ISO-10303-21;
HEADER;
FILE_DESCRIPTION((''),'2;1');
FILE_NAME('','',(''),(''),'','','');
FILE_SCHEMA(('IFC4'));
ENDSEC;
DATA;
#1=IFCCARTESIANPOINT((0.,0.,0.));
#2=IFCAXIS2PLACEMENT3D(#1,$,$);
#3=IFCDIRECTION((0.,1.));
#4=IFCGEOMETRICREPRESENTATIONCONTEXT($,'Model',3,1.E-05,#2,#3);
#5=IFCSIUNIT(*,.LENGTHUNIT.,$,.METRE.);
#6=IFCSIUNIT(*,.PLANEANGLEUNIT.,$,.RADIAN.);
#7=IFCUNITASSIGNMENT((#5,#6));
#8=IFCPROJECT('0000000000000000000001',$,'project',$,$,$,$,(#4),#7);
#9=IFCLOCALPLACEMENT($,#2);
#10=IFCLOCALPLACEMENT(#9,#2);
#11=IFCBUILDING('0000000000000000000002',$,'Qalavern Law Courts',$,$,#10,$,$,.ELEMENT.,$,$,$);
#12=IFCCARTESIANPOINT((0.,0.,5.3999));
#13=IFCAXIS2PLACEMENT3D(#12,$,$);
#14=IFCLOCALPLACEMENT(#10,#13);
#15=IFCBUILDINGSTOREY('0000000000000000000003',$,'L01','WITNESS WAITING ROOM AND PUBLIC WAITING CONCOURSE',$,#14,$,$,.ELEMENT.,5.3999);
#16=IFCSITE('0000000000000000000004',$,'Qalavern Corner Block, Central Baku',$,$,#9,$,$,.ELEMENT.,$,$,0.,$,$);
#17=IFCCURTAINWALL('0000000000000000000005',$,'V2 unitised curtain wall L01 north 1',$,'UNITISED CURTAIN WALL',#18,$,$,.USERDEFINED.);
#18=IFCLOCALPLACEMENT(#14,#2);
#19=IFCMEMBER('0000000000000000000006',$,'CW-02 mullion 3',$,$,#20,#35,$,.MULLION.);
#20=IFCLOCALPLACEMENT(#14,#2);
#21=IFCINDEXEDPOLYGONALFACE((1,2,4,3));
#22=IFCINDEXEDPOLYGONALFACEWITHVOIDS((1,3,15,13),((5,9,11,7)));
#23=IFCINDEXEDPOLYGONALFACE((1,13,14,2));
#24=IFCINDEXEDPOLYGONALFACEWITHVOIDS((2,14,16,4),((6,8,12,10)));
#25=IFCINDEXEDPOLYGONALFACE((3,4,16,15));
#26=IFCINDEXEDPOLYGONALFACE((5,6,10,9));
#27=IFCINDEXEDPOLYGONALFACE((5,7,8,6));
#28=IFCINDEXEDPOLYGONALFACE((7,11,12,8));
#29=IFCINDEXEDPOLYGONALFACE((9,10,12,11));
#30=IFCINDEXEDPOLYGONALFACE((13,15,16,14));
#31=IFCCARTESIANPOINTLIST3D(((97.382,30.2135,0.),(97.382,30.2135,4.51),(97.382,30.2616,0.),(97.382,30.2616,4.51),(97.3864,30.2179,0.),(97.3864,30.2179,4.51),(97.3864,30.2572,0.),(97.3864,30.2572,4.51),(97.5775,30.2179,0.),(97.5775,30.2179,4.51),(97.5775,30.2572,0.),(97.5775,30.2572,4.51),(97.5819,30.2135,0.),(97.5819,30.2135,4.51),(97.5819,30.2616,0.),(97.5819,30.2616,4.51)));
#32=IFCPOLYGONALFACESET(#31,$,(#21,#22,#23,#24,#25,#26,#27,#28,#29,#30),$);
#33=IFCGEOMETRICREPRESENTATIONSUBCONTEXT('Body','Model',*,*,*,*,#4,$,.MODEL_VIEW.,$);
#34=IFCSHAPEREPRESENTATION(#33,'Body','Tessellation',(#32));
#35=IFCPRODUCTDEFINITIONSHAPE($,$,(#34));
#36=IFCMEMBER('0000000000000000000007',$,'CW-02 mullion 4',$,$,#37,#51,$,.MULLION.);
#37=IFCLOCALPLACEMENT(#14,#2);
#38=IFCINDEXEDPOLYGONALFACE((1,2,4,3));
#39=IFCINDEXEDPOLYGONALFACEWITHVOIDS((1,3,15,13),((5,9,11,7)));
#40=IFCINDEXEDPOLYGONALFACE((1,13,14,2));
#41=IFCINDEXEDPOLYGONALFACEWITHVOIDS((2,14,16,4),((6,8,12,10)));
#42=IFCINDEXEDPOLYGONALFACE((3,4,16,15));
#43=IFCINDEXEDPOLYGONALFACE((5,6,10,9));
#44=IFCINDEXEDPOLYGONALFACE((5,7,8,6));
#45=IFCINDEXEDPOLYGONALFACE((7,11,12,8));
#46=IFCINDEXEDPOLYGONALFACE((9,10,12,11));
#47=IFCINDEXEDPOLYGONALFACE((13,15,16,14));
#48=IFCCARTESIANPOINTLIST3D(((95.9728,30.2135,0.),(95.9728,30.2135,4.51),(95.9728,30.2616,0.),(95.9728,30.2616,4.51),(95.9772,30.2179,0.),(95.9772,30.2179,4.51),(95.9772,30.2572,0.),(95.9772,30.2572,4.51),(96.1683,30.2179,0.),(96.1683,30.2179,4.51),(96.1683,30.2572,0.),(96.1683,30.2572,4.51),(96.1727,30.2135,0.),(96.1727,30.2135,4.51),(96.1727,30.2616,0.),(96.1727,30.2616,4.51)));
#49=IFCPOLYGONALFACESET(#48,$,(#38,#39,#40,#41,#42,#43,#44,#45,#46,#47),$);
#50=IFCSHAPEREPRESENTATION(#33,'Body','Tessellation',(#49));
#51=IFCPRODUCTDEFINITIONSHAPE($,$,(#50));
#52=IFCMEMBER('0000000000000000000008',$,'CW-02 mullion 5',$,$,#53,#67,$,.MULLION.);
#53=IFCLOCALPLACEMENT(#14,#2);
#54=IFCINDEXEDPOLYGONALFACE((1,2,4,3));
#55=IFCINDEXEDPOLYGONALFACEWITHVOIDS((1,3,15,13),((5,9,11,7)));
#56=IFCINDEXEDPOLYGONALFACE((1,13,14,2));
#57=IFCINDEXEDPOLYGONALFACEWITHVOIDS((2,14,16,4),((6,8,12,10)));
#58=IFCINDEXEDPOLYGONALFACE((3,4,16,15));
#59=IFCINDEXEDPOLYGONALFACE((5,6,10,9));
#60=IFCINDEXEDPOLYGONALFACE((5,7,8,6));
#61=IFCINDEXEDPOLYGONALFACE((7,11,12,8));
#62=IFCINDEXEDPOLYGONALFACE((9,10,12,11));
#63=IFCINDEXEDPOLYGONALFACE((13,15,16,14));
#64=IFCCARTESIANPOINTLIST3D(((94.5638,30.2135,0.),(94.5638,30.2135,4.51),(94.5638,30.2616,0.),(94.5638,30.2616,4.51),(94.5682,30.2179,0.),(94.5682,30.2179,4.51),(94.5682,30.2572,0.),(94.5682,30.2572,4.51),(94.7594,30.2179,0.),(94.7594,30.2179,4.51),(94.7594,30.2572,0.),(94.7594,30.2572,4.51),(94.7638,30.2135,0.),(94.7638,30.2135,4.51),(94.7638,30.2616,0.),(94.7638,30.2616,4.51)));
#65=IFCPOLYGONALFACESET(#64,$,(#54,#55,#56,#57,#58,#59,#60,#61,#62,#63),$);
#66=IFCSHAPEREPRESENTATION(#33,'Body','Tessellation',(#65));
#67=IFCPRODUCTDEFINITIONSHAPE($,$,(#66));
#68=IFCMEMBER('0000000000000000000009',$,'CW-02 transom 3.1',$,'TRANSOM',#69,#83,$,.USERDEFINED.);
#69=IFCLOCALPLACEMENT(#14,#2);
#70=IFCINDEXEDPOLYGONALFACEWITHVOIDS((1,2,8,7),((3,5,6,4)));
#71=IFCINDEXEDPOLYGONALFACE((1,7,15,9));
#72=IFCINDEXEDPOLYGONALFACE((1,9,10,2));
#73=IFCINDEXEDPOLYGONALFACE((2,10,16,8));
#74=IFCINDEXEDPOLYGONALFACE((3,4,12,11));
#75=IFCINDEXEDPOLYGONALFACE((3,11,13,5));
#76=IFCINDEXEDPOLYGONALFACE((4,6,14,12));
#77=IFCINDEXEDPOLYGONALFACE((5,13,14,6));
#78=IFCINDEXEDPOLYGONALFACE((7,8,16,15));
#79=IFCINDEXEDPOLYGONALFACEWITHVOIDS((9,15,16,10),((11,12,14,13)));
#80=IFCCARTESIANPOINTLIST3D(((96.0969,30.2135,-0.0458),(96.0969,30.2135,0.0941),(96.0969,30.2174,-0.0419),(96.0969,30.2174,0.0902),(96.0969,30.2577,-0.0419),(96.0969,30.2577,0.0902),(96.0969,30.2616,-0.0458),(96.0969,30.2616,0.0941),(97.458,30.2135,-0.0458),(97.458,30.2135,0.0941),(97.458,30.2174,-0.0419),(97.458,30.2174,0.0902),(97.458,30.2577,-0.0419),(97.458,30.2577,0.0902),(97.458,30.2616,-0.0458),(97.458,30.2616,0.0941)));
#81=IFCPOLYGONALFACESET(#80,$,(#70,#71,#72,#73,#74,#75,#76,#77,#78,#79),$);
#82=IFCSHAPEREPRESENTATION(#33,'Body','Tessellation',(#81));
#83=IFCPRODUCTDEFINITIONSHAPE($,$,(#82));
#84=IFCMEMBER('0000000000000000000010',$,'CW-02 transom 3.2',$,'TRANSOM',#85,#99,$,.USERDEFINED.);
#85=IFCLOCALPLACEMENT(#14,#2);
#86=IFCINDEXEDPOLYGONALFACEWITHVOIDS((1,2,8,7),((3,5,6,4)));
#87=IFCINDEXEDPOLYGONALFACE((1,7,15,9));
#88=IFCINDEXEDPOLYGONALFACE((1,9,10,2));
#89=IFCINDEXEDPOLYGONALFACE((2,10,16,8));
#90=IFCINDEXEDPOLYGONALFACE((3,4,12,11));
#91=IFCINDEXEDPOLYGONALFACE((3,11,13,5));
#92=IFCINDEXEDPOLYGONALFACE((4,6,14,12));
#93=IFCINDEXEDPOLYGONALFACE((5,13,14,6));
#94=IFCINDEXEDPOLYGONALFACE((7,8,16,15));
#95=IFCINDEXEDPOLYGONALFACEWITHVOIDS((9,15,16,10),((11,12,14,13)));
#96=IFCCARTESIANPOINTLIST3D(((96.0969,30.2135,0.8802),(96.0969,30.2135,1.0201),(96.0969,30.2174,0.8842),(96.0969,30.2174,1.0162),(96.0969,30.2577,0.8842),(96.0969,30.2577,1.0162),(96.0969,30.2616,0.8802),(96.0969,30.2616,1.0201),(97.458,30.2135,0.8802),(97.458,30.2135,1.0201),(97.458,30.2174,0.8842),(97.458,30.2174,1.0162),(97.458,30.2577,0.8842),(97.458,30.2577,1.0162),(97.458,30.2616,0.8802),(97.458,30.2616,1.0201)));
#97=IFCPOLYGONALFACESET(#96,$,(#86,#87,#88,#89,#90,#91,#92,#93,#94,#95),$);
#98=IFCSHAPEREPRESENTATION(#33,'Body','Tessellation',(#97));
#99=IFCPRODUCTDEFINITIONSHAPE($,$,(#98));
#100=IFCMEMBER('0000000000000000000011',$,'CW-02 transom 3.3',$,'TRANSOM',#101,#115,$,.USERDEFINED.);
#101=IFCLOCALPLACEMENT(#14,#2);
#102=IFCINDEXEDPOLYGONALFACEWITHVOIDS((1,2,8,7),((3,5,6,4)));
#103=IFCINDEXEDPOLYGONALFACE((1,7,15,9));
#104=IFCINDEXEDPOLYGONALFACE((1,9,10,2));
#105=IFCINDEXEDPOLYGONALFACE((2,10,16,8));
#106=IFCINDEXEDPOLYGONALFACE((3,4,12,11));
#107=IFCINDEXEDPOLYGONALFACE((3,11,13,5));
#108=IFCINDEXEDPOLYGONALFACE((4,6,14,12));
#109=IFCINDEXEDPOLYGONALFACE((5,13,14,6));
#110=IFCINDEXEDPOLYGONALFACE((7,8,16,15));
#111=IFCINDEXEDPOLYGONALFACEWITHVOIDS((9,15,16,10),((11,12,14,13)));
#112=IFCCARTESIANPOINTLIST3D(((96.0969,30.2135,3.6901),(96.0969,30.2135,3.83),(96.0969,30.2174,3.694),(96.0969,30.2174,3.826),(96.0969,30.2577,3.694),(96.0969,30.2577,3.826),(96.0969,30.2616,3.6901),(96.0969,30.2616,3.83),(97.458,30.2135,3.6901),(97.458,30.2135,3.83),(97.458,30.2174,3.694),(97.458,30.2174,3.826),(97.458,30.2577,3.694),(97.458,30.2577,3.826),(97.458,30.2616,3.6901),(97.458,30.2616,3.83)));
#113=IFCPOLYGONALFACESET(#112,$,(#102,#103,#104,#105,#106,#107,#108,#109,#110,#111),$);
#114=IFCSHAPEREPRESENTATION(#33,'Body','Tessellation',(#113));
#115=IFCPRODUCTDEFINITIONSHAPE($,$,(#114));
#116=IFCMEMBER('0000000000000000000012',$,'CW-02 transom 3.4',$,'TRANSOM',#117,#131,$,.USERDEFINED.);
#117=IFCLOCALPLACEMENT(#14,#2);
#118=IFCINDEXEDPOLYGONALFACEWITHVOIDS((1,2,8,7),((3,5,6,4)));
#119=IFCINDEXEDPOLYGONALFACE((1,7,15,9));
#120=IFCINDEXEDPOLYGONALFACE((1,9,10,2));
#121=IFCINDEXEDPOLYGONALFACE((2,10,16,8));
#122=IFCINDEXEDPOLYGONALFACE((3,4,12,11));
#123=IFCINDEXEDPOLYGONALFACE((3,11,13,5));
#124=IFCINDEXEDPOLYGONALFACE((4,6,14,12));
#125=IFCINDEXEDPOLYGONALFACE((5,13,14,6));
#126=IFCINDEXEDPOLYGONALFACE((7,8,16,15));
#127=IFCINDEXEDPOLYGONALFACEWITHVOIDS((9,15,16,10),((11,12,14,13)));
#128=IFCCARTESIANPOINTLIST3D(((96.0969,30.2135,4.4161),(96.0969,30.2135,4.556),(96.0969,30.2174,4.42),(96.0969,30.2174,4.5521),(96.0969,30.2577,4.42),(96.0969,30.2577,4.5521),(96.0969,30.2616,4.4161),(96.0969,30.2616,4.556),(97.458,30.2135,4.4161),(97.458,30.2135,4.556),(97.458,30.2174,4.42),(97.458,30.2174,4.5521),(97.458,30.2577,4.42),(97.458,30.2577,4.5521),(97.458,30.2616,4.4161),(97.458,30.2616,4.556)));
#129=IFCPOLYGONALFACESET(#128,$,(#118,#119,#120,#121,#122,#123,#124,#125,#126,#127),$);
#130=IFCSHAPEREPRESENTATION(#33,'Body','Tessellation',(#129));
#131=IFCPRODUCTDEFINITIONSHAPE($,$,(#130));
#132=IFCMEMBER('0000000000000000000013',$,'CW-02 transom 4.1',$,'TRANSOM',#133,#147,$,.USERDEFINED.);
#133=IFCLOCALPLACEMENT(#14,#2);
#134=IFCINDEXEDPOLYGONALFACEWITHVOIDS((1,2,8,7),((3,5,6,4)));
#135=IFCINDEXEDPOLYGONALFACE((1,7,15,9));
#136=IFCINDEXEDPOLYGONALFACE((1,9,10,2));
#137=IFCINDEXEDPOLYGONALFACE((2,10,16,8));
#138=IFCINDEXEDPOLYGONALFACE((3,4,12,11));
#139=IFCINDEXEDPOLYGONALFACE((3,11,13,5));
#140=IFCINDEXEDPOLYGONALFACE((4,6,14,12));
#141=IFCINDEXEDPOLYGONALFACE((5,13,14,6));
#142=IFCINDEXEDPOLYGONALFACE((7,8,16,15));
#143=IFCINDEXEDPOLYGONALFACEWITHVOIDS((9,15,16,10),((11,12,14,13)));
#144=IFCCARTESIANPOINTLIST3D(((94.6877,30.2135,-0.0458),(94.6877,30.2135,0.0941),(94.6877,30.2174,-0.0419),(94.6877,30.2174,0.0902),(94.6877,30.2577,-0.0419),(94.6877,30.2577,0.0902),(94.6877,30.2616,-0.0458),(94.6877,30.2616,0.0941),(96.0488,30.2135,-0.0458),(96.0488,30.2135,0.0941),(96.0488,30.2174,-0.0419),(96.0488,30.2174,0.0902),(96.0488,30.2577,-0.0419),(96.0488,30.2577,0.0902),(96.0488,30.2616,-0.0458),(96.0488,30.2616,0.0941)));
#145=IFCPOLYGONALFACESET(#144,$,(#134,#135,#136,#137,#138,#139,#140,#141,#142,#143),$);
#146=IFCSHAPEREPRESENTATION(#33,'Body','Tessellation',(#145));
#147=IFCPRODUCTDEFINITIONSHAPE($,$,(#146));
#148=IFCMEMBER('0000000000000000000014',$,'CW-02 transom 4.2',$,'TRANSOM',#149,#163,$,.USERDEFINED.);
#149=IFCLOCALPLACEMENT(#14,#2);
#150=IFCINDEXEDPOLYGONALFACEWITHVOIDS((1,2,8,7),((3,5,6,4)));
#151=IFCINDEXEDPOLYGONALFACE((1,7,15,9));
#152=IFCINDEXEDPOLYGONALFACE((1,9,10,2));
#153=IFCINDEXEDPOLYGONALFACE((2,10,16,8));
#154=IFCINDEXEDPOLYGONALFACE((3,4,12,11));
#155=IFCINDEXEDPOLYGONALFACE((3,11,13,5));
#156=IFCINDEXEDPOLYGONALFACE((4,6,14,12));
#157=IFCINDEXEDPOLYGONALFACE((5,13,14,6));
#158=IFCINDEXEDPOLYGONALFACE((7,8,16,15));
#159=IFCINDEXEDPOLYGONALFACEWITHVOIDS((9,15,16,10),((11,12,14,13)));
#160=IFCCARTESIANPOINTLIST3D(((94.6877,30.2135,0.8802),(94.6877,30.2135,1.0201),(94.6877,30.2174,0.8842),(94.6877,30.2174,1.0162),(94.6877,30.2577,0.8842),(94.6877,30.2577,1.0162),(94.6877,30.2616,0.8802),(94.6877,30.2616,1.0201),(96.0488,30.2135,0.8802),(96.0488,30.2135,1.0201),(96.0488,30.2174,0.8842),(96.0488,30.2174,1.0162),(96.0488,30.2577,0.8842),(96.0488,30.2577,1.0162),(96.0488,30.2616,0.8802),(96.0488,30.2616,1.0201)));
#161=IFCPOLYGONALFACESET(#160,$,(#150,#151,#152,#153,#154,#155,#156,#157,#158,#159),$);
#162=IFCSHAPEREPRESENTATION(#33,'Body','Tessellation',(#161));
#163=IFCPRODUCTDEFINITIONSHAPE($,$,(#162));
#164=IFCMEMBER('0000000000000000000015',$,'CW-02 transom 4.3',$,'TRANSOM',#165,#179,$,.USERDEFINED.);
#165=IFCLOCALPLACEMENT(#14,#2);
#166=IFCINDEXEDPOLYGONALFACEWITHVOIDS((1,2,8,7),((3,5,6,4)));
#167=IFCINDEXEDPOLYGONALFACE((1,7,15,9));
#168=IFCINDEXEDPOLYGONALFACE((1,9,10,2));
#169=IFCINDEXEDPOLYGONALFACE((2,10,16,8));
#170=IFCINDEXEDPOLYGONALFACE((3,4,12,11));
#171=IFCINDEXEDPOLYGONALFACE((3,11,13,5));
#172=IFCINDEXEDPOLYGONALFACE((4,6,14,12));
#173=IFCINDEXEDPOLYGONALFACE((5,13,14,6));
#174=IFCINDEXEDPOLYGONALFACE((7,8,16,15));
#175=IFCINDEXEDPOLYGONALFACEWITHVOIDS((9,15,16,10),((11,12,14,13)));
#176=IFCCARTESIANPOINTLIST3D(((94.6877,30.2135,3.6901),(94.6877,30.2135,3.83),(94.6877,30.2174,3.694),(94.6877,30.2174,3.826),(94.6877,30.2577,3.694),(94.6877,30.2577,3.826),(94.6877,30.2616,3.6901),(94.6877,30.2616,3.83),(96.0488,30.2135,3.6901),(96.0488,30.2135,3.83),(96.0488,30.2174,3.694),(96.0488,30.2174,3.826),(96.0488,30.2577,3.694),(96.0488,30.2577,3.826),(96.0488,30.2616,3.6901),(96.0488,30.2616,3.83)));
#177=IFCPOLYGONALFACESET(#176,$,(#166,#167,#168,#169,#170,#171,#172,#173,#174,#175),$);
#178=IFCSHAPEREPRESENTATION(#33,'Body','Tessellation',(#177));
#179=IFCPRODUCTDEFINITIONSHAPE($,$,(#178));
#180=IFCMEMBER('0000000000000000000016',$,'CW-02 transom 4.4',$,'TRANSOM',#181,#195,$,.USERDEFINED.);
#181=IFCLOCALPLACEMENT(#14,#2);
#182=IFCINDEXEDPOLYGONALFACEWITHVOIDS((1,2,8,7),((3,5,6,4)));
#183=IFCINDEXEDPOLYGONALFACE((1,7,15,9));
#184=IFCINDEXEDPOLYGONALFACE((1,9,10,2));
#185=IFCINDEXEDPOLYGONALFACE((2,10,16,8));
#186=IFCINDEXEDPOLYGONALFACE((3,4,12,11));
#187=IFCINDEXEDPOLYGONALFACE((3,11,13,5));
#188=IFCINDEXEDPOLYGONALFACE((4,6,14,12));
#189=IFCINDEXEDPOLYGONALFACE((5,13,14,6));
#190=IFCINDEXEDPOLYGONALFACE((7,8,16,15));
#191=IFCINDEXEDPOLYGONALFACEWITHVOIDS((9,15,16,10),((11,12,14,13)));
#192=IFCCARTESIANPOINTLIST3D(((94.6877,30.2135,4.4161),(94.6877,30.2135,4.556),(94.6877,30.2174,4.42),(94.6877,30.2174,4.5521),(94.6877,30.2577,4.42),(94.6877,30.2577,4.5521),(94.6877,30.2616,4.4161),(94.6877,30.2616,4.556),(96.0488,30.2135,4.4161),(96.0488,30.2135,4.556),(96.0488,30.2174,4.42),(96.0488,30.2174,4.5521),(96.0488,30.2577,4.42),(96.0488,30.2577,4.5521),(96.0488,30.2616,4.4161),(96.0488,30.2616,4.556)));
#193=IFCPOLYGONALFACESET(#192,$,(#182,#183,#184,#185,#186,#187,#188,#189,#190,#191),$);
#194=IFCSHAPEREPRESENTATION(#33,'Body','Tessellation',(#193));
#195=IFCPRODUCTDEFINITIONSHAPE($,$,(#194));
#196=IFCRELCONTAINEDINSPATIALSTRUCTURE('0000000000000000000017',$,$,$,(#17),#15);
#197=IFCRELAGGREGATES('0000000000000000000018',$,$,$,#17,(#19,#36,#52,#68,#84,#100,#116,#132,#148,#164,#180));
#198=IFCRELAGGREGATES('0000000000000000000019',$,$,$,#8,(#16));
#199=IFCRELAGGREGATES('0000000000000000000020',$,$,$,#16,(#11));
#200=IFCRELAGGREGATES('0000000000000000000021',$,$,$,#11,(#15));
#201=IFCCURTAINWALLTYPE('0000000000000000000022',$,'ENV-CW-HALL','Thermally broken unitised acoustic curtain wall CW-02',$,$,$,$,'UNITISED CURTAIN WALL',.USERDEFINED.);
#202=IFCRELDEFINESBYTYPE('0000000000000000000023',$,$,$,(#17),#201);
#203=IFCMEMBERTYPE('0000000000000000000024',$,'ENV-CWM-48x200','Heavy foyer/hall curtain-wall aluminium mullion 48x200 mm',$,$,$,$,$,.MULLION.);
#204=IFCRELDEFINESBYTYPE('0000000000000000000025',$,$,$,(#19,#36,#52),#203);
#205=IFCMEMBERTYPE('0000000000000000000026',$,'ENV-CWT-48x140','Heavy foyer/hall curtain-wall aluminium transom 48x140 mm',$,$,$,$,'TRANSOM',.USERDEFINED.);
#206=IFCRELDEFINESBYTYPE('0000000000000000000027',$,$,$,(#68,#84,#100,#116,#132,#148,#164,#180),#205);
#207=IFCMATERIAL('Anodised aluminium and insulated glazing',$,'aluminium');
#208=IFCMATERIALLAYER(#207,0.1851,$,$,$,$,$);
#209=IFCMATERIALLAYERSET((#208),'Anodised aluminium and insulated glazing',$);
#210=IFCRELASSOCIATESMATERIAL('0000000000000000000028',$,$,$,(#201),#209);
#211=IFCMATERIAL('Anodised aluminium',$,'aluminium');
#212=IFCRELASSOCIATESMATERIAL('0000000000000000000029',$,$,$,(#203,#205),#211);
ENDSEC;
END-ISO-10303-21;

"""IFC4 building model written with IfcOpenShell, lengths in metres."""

from ifc_helpers import new_model, si_unit, direction, frame, origin, origin_2d, place, context, subcontext, project, spatial, hollow_rectangle, extrude, material, layer, layer_set, material_profile, profile_set, type_object, element, aggregate, save


model = new_model("IFC4")

# Units and contexts
model_context = context("Model", 3, precision=1e-05, world=origin(), true_north=direction((0.0, 1.0)))
body_context = subcontext(model_context, "Body", "Model", "MODEL_VIEW")
ifc_project = project(units=[si_unit("LENGTHUNIT", "METRE"), si_unit("PLANEANGLEUNIT", "RADIAN")], contexts=[model_context])

# Site, building, storey
site_placement = place(None, origin())
site = spatial("IfcSite", under=ifc_project, at=site_placement, Name="Qalavern Corner Block, Central Baku", CompositionType="ELEMENT", RefElevation=0.0)
building_placement = place(site_placement, origin())
building = spatial("IfcBuilding", under=site, at=building_placement, Name="Qalavern Law Courts", CompositionType="ELEMENT")
storey_placement = place(building_placement, frame((0.0, 0.0, 5.3999)))
storey = spatial("IfcBuildingStorey", under=building, at=storey_placement, Name="L01", Description="WITNESS WAITING ROOM AND PUBLIC WAITING CONCOURSE", CompositionType="ELEMENT", Elevation=5.3999)

# Curtain wall, members
ifc_material_1 = material(Name="Anodised aluminium and insulated glazing", Category="aluminium")
ifc_layer_1 = layer(ifc_material_1, 0.1851)
ifc_layer_set_1 = layer_set([ifc_layer_1], Name="Anodised aluminium and insulated glazing")
curtain_wall_type = type_object("IfcCurtainWallType", Name="ENV-CW-HALL", Description="Thermally broken unitised acoustic curtain wall CW-02", ElementType="UNITISED CURTAIN WALL", PredefinedType="USERDEFINED", material=ifc_layer_set_1)
curtain_wall_placement = place(storey_placement, origin())
curtain_wall = element("IfcCurtainWall", 1, at=curtain_wall_placement, inside=storey, type_object=curtain_wall_type, Name="V2 unitised curtain wall L01 north 1", ObjectType="UNITISED CURTAIN WALL", PredefinedType="USERDEFINED")
ifc_material_2 = material(Name="Anodised aluminium", Category="aluminium")
ifc_material_profile_1 = material_profile(ifc_material_2, hollow_rectangle(XDim=0.0481, YDim=0.2, WallThickness=0.0044, at=origin_2d()), Name="ALU MULLION 48x200")
ifc_profile_set_1 = profile_set([ifc_material_profile_1], Name="Anodised aluminium")
member_type_1 = type_object("IfcMemberType", Name="ENV-CWM-48x200", Description="Heavy foyer/hall curtain-wall aluminium mullion 48x200 mm", PredefinedType="MULLION", material=ifc_profile_set_1)
member_1_placement = place(storey_placement, frame((97.4819, 30.2375, 0.0), z_axis=(0.0, 0.0, 1.0), x_axis=(0.0, -1.0, 0.0)))
member_1 = element("IfcMember", 2, at=member_1_placement, type_object=member_type_1, Name="CW-02 mullion 3", PredefinedType="MULLION", context=body_context, shape_type="SweptSolid", body=[
    extrude(hollow_rectangle(XDim=0.0481, YDim=0.2, WallThickness=0.0044, at=origin_2d()), origin(), (0.0, 0.0, 1.0), 4.51),
])
member_2_placement = place(storey_placement, frame((96.0728, 30.2375, 0.0), z_axis=(0.0, 0.0, 1.0), x_axis=(0.0, -1.0, 0.0)))
member_2 = element("IfcMember", 3, at=member_2_placement, type_object=member_type_1, Name="CW-02 mullion 4", PredefinedType="MULLION", context=body_context, shape_type="SweptSolid", body=[
    extrude(hollow_rectangle(XDim=0.0481, YDim=0.2, WallThickness=0.0044, at=origin_2d()), origin(), (0.0, 0.0, 1.0), 4.51),
])
member_3_placement = place(storey_placement, frame((94.6638, 30.2375, 0.0), z_axis=(0.0, 0.0, 1.0), x_axis=(0.0, -1.0, 0.0)))
member_3 = element("IfcMember", 4, at=member_3_placement, type_object=member_type_1, Name="CW-02 mullion 5", PredefinedType="MULLION", context=body_context, shape_type="SweptSolid", body=[
    extrude(hollow_rectangle(XDim=0.0481, YDim=0.2, WallThickness=0.0044, at=origin_2d()), origin(), (0.0, 0.0, 1.0), 4.51),
])
ifc_material_profile_2 = material_profile(ifc_material_2, hollow_rectangle(XDim=0.0481, YDim=0.1399, WallThickness=0.0039, at=origin_2d()), Name="ALU TRANSOM 48x140")
ifc_profile_set_2 = profile_set([ifc_material_profile_2], Name="Anodised aluminium")
member_type_2 = type_object("IfcMemberType", Name="ENV-CWT-48x140", Description="Heavy foyer/hall curtain-wall aluminium transom 48x140 mm", ElementType="TRANSOM", PredefinedType="USERDEFINED", material=ifc_profile_set_2)
member_4_placement = place(storey_placement, frame((97.458, 30.2375, 0.0242), z_axis=(-1.0, 0.0, 0.0), x_axis=(0.0, -1.0, 0.0)))
member_4 = element("IfcMember", 5, at=member_4_placement, type_object=member_type_2, Name="CW-02 transom 3.1", ObjectType="TRANSOM", PredefinedType="USERDEFINED", context=body_context, shape_type="SweptSolid", body=[
    extrude(hollow_rectangle(XDim=0.0481, YDim=0.1399, WallThickness=0.0039, at=origin_2d()), origin(), (0.0, 0.0, 1.0), 1.3611),
])
member_5_placement = place(storey_placement, frame((97.458, 30.2375, 0.9502), z_axis=(-1.0, 0.0, 0.0), x_axis=(0.0, -1.0, 0.0)))
member_5 = element("IfcMember", 6, at=member_5_placement, type_object=member_type_2, Name="CW-02 transom 3.2", ObjectType="TRANSOM", PredefinedType="USERDEFINED", context=body_context, shape_type="SweptSolid", body=[
    extrude(hollow_rectangle(XDim=0.0481, YDim=0.1399, WallThickness=0.0039, at=origin_2d()), origin(), (0.0, 0.0, 1.0), 1.3611),
])
member_6_placement = place(storey_placement, frame((97.458, 30.2375, 3.76), z_axis=(-1.0, 0.0, 0.0), x_axis=(0.0, -1.0, 0.0)))
member_6 = element("IfcMember", 7, at=member_6_placement, type_object=member_type_2, Name="CW-02 transom 3.3", ObjectType="TRANSOM", PredefinedType="USERDEFINED", context=body_context, shape_type="SweptSolid", body=[
    extrude(hollow_rectangle(XDim=0.0481, YDim=0.1399, WallThickness=0.0039, at=origin_2d()), origin(), (0.0, 0.0, 1.0), 1.3611),
])
member_7_placement = place(storey_placement, frame((97.458, 30.2375, 4.4861), z_axis=(-1.0, 0.0, 0.0), x_axis=(0.0, -1.0, 0.0)))
member_7 = element("IfcMember", 8, at=member_7_placement, type_object=member_type_2, Name="CW-02 transom 3.4", ObjectType="TRANSOM", PredefinedType="USERDEFINED", context=body_context, shape_type="SweptSolid", body=[
    extrude(hollow_rectangle(XDim=0.0481, YDim=0.1399, WallThickness=0.0039, at=origin_2d()), origin(), (0.0, 0.0, 1.0), 1.3611),
])
member_8_placement = place(storey_placement, frame((96.0488, 30.2375, 0.0242), z_axis=(-1.0, 0.0, 0.0), x_axis=(0.0, -1.0, 0.0)))
member_8 = element("IfcMember", 9, at=member_8_placement, type_object=member_type_2, Name="CW-02 transom 4.1", ObjectType="TRANSOM", PredefinedType="USERDEFINED", context=body_context, shape_type="SweptSolid", body=[
    extrude(hollow_rectangle(XDim=0.0481, YDim=0.1399, WallThickness=0.0039, at=origin_2d()), origin(), (0.0, 0.0, 1.0), 1.3611),
])
member_9_placement = place(storey_placement, frame((96.0488, 30.2375, 0.9502), z_axis=(-1.0, 0.0, 0.0), x_axis=(0.0, -1.0, 0.0)))
member_9 = element("IfcMember", 10, at=member_9_placement, type_object=member_type_2, Name="CW-02 transom 4.2", ObjectType="TRANSOM", PredefinedType="USERDEFINED", context=body_context, shape_type="SweptSolid", body=[
    extrude(hollow_rectangle(XDim=0.0481, YDim=0.1399, WallThickness=0.0039, at=origin_2d()), origin(), (0.0, 0.0, 1.0), 1.3611),
])
member_10_placement = place(storey_placement, frame((96.0488, 30.2375, 3.76), z_axis=(-1.0, 0.0, 0.0), x_axis=(0.0, -1.0, 0.0)))
member_10 = element("IfcMember", 11, at=member_10_placement, type_object=member_type_2, Name="CW-02 transom 4.3", ObjectType="TRANSOM", PredefinedType="USERDEFINED", context=body_context, shape_type="SweptSolid", body=[
    extrude(hollow_rectangle(XDim=0.0481, YDim=0.1399, WallThickness=0.0039, at=origin_2d()), origin(), (0.0, 0.0, 1.0), 1.3611),
])
member_11_placement = place(storey_placement, frame((96.0488, 30.2375, 4.4861), z_axis=(-1.0, 0.0, 0.0), x_axis=(0.0, -1.0, 0.0)))
member_11 = element("IfcMember", 12, at=member_11_placement, type_object=member_type_2, Name="CW-02 transom 4.4", ObjectType="TRANSOM", PredefinedType="USERDEFINED", context=body_context, shape_type="SweptSolid", body=[
    extrude(hollow_rectangle(XDim=0.0481, YDim=0.1399, WallThickness=0.0039, at=origin_2d()), origin(), (0.0, 0.0, 1.0), 1.3611),
])
aggregate(curtain_wall, [member_1, member_2, member_3, member_4, member_5, member_6, member_7, member_8, member_9, member_10, member_11])

save(model, "model.ifc")
